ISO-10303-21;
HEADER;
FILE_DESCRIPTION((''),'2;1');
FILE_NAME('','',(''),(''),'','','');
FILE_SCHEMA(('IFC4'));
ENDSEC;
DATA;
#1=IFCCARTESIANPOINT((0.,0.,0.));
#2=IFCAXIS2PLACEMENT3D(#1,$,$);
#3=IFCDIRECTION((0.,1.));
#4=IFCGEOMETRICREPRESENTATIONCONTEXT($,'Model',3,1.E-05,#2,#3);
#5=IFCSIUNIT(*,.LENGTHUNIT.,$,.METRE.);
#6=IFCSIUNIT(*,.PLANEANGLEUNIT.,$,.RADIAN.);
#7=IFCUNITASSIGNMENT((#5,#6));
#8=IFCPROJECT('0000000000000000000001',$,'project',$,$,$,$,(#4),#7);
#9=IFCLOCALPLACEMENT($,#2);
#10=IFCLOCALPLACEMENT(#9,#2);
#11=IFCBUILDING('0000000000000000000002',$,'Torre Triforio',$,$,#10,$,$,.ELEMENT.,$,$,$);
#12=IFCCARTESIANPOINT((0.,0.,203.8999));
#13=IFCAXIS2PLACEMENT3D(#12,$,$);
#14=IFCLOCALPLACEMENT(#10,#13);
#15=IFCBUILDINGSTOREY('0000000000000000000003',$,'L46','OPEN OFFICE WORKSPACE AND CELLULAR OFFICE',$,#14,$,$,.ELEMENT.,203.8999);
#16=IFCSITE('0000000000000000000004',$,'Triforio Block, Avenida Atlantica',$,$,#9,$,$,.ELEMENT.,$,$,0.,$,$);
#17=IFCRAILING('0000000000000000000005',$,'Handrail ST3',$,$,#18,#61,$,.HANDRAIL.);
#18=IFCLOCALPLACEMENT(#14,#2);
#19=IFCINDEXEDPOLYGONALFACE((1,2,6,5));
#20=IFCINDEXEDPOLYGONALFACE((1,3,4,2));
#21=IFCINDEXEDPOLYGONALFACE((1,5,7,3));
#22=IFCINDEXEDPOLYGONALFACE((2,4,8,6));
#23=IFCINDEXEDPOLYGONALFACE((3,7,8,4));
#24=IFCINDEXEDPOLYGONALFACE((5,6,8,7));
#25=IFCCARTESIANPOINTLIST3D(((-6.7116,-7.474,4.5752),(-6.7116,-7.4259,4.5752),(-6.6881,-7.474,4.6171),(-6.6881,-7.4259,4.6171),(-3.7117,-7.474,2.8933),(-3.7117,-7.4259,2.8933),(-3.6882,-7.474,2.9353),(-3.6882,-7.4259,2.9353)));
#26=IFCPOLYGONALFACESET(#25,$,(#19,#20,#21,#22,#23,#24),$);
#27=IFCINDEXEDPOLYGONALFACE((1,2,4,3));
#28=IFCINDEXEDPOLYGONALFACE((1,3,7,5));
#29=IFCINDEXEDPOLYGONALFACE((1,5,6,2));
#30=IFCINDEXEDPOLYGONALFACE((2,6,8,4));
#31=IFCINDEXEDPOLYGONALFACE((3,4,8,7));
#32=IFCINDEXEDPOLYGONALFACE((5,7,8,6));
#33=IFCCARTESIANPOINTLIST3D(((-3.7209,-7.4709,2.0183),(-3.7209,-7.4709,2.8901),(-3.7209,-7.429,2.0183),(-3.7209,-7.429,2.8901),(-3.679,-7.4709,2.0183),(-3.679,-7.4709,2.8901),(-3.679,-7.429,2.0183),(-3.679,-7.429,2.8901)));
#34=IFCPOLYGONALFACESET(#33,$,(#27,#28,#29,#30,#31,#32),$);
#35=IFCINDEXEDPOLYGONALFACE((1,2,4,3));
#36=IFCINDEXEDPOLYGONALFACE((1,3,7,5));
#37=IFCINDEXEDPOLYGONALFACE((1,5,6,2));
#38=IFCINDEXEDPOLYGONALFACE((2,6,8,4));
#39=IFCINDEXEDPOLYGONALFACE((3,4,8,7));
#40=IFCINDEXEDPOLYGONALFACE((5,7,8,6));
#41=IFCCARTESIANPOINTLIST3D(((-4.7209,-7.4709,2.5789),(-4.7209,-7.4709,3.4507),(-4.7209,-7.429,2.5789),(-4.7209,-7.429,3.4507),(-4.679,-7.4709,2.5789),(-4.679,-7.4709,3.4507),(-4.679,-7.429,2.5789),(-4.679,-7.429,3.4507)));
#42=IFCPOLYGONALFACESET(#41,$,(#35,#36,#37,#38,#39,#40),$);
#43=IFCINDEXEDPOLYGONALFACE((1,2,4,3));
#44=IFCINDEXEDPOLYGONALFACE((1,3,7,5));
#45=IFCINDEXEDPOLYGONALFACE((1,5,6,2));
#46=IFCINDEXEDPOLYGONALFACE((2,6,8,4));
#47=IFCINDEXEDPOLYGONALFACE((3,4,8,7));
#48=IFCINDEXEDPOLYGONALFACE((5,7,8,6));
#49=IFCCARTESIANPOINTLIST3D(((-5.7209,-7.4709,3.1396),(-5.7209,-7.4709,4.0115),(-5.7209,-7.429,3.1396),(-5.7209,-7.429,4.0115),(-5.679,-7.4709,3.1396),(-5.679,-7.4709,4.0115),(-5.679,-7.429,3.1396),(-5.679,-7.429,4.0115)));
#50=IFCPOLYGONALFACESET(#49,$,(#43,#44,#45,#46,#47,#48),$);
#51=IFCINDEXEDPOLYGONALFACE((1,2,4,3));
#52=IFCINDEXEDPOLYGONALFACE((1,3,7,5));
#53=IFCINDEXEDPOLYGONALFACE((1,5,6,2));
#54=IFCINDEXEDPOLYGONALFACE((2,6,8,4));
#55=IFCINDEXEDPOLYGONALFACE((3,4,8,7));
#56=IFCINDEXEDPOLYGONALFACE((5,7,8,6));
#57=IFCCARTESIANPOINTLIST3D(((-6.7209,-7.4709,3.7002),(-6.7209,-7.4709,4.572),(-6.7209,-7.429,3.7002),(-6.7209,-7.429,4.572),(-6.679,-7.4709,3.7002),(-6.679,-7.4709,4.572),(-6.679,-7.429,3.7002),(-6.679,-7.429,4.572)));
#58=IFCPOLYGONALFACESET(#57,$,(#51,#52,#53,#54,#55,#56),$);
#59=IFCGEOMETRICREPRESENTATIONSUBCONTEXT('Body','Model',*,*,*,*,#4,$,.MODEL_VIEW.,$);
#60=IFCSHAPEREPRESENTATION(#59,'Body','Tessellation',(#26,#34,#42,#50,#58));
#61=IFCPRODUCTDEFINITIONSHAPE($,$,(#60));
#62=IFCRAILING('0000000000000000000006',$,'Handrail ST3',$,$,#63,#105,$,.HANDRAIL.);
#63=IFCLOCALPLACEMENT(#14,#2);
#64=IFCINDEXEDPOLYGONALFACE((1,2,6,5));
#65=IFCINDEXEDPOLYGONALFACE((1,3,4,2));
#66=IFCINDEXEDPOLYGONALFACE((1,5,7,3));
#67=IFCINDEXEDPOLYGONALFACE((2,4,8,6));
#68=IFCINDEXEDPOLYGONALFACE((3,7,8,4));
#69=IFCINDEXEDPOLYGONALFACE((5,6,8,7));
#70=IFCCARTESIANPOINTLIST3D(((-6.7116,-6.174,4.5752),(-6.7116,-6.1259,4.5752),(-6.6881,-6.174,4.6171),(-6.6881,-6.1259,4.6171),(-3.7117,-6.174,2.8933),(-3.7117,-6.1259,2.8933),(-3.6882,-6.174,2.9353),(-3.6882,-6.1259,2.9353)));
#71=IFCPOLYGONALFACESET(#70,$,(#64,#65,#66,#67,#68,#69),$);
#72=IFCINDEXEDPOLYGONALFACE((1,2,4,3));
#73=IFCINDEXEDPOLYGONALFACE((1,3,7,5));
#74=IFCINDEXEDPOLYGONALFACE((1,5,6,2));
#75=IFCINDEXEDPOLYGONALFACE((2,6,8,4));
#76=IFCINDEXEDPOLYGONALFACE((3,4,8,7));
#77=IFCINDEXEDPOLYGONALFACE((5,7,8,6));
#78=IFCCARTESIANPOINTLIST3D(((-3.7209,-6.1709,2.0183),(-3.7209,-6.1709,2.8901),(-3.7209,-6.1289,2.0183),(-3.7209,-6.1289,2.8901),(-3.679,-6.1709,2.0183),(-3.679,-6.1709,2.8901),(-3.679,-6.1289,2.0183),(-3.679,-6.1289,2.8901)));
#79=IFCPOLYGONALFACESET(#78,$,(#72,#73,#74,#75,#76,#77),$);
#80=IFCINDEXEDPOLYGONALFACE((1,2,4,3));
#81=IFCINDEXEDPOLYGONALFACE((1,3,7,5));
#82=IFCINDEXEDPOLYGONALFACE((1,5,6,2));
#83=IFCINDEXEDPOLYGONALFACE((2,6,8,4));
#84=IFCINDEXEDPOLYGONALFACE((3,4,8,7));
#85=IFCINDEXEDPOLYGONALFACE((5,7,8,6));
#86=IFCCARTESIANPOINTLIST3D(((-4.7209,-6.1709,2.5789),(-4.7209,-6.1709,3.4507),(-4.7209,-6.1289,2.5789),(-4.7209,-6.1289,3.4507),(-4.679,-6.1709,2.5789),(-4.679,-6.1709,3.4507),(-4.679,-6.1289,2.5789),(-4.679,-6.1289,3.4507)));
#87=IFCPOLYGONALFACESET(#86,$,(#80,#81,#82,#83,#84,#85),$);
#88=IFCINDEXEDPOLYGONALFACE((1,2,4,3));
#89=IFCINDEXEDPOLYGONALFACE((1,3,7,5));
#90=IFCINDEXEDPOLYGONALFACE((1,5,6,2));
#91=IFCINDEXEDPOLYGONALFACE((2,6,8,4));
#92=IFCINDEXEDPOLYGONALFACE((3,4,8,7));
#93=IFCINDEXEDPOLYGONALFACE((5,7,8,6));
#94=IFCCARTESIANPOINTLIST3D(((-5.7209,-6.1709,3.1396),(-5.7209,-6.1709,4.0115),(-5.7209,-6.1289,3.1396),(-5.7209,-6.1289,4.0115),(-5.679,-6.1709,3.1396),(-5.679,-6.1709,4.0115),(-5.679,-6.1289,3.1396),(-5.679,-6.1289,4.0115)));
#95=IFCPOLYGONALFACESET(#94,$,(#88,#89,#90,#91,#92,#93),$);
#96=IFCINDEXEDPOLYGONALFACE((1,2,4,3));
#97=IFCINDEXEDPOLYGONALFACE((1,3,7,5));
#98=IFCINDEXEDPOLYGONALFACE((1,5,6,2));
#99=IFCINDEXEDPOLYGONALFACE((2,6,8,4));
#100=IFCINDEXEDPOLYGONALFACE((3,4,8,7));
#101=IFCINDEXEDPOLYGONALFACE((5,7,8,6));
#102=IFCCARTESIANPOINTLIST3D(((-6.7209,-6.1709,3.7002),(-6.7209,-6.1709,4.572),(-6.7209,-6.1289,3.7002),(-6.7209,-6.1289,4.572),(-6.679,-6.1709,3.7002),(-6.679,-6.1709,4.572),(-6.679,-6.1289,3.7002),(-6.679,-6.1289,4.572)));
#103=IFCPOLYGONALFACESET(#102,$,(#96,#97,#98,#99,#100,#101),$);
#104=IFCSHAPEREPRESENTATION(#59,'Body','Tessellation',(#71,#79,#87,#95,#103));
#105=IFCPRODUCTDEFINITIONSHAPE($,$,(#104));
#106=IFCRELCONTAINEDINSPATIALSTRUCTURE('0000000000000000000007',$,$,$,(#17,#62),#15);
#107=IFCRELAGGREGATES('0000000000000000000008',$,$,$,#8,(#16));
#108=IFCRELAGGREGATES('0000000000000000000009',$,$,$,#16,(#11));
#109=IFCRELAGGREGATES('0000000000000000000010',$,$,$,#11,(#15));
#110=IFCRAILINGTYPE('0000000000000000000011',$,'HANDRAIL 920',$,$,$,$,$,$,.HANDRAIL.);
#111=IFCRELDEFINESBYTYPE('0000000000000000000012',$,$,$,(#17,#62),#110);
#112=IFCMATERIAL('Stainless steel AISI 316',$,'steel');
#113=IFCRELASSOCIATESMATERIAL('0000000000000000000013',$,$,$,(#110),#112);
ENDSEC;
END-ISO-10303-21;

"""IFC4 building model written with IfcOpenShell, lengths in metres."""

from ifc_helpers import new_model, si_unit, direction, frame, origin, origin_2d, place, context, subcontext, project, spatial, rectangle, extrude, material, type_object, element, save


model = new_model("IFC4")

# Units and contexts
model_context = context("Model", 3, precision=1e-05, world=origin(), true_north=direction((0.0, 1.0)))
body_context = subcontext(model_context, "Body", "Model", "MODEL_VIEW")
ifc_project = project(units=[si_unit("LENGTHUNIT", "METRE"), si_unit("PLANEANGLEUNIT", "RADIAN")], contexts=[model_context])

# Site, building, storey
site_placement = place(None, origin())
site = spatial("IfcSite", under=ifc_project, at=site_placement, Name="Triforio Block, Avenida Atlantica", CompositionType="ELEMENT", RefElevation=0.0)
building_placement = place(site_placement, origin())
building = spatial("IfcBuilding", under=site, at=building_placement, Name="Torre Triforio", CompositionType="ELEMENT")
storey_placement = place(building_placement, frame((0.0, 0.0, 203.8999)))
storey = spatial("IfcBuildingStorey", under=building, at=storey_placement, Name="L46", Description="OPEN OFFICE WORKSPACE AND CELLULAR OFFICE", CompositionType="ELEMENT", Elevation=203.8999)

# Railings
ifc_material_1 = material(Name="Stainless steel AISI 316", Category="steel")
railing_type = type_object("IfcRailingType", Name="HANDRAIL 920", PredefinedType="HANDRAIL", material=ifc_material_1)
for number, where, name in (
    (1, (-3.7, -7.45, 2.0183), "Handrail ST3"),
    (2, (-3.7, -6.1499, 2.0183), "Handrail ST3"),
):
    element("IfcRailing", number, at=place(storey_placement, frame(where)), inside=storey, type_object=railing_type, Name=name, PredefinedType="HANDRAIL", context=body_context, shape_type="SweptSolid", body=[
        extrude(rectangle(XDim=0.0481, YDim=0.0481, at=origin_2d()), frame((0.0, 0.0, 0.896), z_axis=(-0.872272, 0.0, 0.48902), x_axis=(0.0, -1.0, 0.0)), (0.0, 0.0, 1.0), 3.4392),
        extrude(rectangle(XDim=0.042, YDim=0.042, at=origin_2d()), origin(), (0.0, 0.0, 1.0), 0.8718),
        extrude(rectangle(XDim=0.042, YDim=0.042, at=origin_2d()), frame((-1.0, 0.0, 0.5605)), (0.0, 0.0, 1.0), 0.8718),
        extrude(rectangle(XDim=0.042, YDim=0.042, at=origin_2d()), frame((-2.0, 0.0, 1.1213)), (0.0, 0.0, 1.0), 0.8718),
        extrude(rectangle(XDim=0.042, YDim=0.042, at=origin_2d()), frame((-3.0, 0.0, 1.6819)), (0.0, 0.0, 1.0), 0.8718),
    ])

save(model, "model.ifc")
